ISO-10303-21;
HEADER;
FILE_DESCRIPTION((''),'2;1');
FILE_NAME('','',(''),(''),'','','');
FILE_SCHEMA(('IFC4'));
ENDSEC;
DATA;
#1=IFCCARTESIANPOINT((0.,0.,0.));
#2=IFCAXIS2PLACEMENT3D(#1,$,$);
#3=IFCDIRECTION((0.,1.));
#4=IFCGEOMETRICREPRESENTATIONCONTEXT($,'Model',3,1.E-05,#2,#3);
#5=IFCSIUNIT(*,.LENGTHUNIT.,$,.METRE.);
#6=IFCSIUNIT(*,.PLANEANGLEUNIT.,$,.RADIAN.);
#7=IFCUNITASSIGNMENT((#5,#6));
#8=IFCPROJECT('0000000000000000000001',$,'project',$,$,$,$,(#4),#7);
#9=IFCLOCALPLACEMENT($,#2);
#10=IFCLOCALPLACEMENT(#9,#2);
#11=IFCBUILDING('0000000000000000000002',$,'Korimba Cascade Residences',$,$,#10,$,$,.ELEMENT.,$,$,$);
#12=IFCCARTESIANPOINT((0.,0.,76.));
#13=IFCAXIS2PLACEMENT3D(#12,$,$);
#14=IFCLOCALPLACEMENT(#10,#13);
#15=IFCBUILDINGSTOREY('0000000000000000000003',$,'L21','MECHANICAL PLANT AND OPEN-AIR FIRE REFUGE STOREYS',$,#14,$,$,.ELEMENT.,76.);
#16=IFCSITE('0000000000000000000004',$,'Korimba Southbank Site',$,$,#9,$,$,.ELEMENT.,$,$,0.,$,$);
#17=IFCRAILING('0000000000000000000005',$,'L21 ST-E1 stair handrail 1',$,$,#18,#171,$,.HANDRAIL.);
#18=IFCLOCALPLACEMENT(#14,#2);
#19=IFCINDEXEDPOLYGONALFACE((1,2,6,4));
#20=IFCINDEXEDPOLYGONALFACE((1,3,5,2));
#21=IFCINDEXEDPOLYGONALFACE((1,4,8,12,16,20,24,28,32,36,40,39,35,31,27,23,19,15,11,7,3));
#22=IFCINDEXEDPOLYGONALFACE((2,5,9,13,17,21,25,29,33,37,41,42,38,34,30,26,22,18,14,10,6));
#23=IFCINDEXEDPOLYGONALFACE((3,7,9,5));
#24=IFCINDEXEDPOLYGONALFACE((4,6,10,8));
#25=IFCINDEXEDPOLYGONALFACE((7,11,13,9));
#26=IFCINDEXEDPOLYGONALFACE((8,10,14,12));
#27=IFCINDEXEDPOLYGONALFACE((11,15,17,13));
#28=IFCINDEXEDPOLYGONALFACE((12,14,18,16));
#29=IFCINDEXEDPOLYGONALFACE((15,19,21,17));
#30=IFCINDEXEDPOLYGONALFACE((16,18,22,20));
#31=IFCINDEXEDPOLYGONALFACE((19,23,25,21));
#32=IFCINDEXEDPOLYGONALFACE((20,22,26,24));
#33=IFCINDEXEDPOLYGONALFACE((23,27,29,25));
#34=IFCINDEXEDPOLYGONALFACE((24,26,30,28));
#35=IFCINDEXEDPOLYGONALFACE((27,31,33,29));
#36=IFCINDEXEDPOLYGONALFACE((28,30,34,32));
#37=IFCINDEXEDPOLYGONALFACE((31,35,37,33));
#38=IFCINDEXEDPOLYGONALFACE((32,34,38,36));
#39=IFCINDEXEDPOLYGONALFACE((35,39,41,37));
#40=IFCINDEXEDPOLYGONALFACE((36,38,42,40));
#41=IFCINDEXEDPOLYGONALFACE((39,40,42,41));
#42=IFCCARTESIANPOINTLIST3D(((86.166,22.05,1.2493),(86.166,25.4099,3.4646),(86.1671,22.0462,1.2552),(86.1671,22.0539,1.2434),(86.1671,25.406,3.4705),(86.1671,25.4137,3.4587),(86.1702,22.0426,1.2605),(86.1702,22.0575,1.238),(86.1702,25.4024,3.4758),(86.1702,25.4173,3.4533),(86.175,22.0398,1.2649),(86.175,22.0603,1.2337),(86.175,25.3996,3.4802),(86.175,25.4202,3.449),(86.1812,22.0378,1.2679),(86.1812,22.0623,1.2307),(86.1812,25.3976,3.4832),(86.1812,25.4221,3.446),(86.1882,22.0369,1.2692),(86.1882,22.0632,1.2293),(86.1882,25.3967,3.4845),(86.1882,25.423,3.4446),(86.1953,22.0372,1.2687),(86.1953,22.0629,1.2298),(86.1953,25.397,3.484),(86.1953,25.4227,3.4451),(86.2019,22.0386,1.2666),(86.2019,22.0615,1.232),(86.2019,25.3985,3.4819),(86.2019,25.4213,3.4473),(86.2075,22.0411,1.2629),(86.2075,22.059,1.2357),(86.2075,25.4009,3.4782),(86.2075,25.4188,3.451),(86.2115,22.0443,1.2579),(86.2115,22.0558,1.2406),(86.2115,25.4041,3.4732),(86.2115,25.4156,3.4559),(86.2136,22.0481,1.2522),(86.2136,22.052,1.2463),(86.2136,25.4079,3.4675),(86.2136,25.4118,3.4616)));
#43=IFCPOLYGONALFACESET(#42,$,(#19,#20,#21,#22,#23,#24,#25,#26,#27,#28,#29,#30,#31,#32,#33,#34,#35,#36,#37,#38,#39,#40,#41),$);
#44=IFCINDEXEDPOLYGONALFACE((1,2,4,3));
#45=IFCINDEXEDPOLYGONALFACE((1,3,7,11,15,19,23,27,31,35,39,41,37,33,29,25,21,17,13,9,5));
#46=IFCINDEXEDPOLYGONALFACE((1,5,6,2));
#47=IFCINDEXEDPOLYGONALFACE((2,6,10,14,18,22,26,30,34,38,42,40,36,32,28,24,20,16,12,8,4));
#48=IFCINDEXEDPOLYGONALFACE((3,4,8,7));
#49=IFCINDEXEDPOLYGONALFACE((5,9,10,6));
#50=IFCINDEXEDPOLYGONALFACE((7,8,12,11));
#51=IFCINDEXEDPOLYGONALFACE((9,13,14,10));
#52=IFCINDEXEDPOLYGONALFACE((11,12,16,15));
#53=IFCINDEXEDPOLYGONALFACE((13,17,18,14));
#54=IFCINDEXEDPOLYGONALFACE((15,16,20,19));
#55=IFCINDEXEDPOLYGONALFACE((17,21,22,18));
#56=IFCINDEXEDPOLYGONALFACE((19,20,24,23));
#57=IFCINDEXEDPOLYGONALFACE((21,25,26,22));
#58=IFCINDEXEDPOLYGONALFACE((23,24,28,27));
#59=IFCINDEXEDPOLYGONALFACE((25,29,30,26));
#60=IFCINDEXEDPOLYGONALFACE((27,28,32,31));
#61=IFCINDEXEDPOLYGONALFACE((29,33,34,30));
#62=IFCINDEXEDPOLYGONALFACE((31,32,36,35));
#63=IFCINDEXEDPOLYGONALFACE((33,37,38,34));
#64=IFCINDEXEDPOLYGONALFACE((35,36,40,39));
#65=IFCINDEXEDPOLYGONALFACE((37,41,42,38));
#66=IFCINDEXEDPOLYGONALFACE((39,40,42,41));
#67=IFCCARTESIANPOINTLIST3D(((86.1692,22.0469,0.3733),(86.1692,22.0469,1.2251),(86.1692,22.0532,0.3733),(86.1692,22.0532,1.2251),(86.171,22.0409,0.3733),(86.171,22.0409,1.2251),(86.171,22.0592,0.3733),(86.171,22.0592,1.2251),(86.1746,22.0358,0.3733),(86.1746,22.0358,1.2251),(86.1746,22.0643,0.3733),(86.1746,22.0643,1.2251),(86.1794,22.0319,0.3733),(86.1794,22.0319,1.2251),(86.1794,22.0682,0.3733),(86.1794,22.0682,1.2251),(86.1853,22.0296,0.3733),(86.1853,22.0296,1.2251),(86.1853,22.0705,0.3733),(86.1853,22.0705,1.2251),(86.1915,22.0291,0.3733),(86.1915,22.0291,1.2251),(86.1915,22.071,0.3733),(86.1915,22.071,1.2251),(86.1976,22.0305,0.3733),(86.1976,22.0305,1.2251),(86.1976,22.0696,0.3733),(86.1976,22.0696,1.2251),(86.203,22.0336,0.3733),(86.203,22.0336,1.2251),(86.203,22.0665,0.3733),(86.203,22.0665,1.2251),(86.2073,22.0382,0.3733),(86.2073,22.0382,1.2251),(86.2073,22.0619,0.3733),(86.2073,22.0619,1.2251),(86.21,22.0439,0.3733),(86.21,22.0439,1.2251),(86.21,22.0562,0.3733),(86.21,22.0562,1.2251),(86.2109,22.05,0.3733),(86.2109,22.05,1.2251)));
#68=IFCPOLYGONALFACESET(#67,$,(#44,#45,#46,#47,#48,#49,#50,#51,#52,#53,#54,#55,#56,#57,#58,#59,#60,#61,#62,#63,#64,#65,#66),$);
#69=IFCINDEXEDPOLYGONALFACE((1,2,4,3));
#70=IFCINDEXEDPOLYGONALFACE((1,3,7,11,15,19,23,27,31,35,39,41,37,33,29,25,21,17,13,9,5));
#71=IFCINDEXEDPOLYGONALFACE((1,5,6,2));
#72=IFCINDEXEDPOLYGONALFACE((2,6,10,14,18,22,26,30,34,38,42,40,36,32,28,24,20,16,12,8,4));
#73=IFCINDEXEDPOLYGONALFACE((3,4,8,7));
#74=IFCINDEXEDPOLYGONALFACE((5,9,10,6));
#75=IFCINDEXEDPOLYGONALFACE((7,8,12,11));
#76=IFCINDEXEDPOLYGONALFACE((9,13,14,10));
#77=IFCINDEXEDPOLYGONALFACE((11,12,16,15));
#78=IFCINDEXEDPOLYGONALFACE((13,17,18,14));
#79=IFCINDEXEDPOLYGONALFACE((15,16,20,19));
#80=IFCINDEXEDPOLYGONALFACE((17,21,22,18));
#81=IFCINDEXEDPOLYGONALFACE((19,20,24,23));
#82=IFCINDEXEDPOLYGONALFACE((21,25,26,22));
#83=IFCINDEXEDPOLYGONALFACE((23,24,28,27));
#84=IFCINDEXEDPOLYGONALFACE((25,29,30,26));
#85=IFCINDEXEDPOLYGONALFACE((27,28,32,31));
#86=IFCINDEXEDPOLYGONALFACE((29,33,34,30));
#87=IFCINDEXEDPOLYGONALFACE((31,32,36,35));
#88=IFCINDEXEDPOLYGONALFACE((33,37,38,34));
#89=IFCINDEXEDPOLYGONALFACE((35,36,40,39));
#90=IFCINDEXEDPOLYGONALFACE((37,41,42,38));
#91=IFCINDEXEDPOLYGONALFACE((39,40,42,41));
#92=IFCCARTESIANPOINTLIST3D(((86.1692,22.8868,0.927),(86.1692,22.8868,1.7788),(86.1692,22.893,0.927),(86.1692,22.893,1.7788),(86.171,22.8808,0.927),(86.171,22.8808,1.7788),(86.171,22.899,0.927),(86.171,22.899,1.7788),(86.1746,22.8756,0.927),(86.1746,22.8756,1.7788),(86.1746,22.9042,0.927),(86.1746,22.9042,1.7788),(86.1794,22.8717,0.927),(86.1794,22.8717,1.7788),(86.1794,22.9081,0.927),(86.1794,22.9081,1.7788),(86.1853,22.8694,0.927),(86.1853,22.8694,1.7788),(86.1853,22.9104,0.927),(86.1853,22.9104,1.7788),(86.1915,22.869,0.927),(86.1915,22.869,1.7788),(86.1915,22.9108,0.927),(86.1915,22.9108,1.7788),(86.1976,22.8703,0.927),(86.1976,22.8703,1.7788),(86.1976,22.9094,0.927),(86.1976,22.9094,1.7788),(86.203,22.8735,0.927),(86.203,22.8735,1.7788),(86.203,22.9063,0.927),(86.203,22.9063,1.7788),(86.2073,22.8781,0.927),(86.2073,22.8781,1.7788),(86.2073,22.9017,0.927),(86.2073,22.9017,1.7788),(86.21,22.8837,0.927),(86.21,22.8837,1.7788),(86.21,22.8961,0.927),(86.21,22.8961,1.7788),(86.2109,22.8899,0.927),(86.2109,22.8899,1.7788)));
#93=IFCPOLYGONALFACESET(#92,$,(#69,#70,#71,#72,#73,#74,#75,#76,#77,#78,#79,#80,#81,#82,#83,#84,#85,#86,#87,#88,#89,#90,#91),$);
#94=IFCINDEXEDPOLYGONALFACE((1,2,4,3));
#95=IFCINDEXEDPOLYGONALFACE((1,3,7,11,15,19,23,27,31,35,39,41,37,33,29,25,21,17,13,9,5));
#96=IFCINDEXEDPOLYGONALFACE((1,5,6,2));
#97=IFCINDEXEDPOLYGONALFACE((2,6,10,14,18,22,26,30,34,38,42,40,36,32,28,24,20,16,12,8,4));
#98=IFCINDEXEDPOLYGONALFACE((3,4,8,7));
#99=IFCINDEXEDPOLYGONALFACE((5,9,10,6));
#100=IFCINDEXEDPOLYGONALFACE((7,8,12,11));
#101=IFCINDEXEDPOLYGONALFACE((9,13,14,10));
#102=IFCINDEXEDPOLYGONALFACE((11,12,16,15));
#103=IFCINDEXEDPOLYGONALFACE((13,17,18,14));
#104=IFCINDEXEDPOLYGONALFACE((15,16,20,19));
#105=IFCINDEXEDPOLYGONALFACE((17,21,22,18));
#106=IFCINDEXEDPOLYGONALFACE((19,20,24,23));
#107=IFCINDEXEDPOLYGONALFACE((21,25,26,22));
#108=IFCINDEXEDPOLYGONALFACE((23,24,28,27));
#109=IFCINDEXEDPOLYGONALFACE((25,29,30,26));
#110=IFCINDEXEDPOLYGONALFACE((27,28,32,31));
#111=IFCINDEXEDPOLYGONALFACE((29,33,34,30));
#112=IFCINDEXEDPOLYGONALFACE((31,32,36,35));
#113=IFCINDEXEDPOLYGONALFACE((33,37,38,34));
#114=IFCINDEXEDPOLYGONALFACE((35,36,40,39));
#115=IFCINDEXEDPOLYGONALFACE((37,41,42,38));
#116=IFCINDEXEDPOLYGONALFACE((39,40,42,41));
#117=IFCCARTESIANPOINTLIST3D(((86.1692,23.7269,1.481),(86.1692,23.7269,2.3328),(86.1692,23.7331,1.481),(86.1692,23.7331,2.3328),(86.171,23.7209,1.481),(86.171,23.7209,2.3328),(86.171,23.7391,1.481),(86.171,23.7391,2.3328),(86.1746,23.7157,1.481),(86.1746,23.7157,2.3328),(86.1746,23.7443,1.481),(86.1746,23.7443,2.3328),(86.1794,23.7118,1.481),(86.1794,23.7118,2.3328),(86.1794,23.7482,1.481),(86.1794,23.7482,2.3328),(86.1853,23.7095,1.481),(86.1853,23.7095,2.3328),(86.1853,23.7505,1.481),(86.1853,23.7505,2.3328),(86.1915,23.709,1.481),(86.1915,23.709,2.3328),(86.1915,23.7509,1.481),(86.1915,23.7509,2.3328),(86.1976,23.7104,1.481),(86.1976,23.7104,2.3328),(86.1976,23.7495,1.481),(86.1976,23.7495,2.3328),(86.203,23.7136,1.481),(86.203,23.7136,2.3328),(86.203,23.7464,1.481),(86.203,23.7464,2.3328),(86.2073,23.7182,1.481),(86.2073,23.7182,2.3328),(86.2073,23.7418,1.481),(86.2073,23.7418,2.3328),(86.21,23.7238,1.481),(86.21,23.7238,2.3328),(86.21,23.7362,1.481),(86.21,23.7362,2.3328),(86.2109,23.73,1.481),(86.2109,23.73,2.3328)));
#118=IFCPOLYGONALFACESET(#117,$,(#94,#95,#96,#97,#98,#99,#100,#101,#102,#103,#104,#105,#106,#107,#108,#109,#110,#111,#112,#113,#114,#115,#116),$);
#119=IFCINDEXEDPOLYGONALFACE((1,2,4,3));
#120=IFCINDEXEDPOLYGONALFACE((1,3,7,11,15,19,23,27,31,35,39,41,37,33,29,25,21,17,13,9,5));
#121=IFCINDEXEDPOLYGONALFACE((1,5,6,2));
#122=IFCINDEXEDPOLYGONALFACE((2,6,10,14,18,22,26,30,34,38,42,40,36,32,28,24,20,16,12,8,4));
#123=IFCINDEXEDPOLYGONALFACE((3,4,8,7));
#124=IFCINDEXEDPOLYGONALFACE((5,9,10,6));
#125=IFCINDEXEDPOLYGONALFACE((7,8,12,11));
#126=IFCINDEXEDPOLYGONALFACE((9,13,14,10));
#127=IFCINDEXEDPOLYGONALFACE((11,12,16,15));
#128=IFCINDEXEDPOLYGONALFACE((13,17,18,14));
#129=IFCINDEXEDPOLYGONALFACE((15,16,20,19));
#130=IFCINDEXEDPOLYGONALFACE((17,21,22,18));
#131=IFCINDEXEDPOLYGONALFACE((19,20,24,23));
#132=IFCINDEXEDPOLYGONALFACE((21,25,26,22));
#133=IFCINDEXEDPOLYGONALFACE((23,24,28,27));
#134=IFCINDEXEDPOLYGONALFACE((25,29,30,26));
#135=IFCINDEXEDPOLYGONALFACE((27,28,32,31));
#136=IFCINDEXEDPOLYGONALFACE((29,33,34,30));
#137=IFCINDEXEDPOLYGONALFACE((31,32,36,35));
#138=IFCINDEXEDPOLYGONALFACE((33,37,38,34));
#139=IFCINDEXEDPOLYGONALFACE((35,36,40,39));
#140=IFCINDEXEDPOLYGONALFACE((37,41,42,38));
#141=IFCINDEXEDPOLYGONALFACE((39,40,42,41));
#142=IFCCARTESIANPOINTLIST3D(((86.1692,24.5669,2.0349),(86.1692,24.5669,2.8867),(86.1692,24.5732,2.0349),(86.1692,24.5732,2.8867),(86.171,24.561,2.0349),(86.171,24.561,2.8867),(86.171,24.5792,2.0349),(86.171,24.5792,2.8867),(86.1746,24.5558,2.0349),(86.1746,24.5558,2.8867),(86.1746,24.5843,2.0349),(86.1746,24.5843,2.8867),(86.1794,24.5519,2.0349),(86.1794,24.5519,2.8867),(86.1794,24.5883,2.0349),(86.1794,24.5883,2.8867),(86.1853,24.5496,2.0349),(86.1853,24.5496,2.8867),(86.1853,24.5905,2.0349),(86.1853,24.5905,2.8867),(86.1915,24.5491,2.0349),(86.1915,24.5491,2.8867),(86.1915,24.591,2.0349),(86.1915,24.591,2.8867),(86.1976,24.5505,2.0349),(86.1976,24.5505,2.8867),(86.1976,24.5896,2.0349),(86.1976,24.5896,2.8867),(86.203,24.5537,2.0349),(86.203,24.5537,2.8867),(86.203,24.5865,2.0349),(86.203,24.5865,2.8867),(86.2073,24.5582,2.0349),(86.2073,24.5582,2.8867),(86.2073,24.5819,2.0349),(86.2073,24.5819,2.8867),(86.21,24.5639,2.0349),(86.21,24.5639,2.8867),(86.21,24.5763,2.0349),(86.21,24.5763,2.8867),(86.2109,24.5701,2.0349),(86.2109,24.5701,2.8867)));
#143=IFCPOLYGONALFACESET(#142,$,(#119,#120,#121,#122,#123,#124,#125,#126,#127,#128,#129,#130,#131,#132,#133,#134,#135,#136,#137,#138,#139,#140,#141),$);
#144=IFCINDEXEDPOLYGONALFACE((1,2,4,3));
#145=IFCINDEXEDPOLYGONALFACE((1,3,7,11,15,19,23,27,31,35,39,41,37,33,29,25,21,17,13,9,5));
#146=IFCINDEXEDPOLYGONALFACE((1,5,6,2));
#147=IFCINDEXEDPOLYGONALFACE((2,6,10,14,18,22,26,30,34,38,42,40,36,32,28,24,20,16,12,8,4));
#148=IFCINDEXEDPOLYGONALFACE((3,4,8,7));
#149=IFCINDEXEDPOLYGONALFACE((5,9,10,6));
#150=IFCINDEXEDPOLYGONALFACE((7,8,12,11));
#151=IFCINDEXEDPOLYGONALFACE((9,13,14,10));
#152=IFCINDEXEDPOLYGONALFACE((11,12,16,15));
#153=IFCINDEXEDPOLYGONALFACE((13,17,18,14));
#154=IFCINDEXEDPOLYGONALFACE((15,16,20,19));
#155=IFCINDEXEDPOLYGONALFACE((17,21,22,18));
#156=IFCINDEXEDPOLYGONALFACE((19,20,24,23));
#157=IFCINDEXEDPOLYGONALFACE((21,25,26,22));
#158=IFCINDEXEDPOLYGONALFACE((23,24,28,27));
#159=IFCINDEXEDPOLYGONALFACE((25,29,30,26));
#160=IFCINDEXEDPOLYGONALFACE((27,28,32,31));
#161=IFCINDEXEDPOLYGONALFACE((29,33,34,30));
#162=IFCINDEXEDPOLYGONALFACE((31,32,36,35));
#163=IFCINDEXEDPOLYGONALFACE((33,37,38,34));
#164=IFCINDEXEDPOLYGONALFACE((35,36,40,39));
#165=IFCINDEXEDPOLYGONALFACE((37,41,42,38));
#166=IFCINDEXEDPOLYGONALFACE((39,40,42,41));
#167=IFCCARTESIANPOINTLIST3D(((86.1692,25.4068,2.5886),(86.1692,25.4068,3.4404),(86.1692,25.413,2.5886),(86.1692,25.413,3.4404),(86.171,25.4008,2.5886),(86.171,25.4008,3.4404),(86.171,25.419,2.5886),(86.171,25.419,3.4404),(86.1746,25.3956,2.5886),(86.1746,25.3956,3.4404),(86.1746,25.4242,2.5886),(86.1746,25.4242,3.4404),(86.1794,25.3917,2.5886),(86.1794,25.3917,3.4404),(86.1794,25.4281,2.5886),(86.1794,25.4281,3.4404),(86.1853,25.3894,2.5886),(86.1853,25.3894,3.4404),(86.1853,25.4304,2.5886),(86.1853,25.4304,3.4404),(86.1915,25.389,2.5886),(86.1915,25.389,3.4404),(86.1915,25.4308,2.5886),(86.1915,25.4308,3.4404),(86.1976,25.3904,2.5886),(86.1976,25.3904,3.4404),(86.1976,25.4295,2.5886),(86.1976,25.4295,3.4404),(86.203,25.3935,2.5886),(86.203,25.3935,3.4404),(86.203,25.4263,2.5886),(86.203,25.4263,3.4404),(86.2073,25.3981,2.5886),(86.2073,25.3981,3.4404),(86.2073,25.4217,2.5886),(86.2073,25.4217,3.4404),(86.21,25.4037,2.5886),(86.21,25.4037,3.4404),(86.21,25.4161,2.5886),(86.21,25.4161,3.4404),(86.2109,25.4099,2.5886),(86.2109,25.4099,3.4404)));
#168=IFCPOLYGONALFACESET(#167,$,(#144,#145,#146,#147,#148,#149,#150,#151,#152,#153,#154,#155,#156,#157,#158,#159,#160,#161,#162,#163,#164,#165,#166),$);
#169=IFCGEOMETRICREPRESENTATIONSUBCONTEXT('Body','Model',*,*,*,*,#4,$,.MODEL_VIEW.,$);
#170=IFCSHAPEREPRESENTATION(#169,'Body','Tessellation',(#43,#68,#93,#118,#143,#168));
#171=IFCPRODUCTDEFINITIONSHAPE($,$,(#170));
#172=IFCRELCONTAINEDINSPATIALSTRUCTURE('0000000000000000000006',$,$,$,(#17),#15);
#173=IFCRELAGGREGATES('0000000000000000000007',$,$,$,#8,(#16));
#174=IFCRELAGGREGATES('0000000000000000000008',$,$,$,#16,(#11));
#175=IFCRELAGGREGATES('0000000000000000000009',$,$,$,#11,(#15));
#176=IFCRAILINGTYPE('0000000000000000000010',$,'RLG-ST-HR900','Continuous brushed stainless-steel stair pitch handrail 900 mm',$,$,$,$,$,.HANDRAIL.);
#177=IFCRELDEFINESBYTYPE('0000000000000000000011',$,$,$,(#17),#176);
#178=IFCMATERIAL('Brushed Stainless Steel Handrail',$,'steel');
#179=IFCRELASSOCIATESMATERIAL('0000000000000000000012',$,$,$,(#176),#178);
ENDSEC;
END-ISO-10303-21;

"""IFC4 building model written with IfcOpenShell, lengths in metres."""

from ifc_helpers import new_model, si_unit, direction, frame, origin, origin_2d, place, context, subcontext, project, spatial, circle, extrude, material, type_object, element, save


model = new_model("IFC4")

# Units and contexts
model_context = context("Model", 3, precision=1e-05, world=origin(), true_north=direction((0.0, 1.0)))
body_context = subcontext(model_context, "Body", "Model", "MODEL_VIEW")
ifc_project = project(units=[si_unit("LENGTHUNIT", "METRE"), si_unit("PLANEANGLEUNIT", "RADIAN")], contexts=[model_context])

# Site, building, storey
site_placement = place(None, origin())
site = spatial("IfcSite", under=ifc_project, at=site_placement, Name="Korimba Southbank Site", CompositionType="ELEMENT", RefElevation=0.0)
building_placement = place(site_placement, origin())
building = spatial("IfcBuilding", under=site, at=building_placement, Name="Korimba Cascade Residences", CompositionType="ELEMENT")
storey_placement = place(building_placement, frame((0.0, 0.0, 76.0)))
storey = spatial("IfcBuildingStorey", under=building, at=storey_placement, Name="L21", Description="MECHANICAL PLANT AND OPEN-AIR FIRE REFUGE STOREYS", CompositionType="ELEMENT", Elevation=76.0)

# Railing
ifc_material_1 = material(Name="Brushed Stainless Steel Handrail", Category="steel")
railing_type_1 = type_object("IfcRailingType", Name="RLG-ST-HR900", Description="Continuous brushed stainless-steel stair pitch handrail 900 mm", PredefinedType="HANDRAIL", material=ifc_material_1)
railing_1_placement = place(storey_placement, frame((86.1899, 22.05, 0.3733)))
element("IfcRailing", 1, at=railing_1_placement, inside=storey, type_object=railing_type_1, Name="L21 ST-E1 stair handrail 1", PredefinedType="HANDRAIL", context=body_context, shape_type="SweptSolid", body=[
    extrude(circle(Radius=0.0239, at=origin_2d()), frame((0.0, 0.0, 0.876), z_axis=(0.0, 0.834858, 0.550465), x_axis=(-1.0, 0.0, 0.0)), (0.0, 0.0, 1.0), 4.0244),
    extrude(circle(Radius=0.021, at=origin_2d()), origin(), (0.0, 0.0, 1.0), 0.8518),
    extrude(circle(Radius=0.021, at=origin_2d()), frame((0.0, 0.8398, 0.5537)), (0.0, 0.0, 1.0), 0.8518),
    extrude(circle(Radius=0.021, at=origin_2d()), frame((0.0, 1.6799, 1.1077)), (0.0, 0.0, 1.0), 0.8518),
    extrude(circle(Radius=0.021, at=origin_2d()), frame((0.0, 2.52, 1.6616)), (0.0, 0.0, 1.0), 0.8518),
    extrude(circle(Radius=0.021, at=origin_2d()), frame((0.0, 3.3599, 2.2153)), (0.0, 0.0, 1.0), 0.8518),
])

save(model, "model.ifc")
